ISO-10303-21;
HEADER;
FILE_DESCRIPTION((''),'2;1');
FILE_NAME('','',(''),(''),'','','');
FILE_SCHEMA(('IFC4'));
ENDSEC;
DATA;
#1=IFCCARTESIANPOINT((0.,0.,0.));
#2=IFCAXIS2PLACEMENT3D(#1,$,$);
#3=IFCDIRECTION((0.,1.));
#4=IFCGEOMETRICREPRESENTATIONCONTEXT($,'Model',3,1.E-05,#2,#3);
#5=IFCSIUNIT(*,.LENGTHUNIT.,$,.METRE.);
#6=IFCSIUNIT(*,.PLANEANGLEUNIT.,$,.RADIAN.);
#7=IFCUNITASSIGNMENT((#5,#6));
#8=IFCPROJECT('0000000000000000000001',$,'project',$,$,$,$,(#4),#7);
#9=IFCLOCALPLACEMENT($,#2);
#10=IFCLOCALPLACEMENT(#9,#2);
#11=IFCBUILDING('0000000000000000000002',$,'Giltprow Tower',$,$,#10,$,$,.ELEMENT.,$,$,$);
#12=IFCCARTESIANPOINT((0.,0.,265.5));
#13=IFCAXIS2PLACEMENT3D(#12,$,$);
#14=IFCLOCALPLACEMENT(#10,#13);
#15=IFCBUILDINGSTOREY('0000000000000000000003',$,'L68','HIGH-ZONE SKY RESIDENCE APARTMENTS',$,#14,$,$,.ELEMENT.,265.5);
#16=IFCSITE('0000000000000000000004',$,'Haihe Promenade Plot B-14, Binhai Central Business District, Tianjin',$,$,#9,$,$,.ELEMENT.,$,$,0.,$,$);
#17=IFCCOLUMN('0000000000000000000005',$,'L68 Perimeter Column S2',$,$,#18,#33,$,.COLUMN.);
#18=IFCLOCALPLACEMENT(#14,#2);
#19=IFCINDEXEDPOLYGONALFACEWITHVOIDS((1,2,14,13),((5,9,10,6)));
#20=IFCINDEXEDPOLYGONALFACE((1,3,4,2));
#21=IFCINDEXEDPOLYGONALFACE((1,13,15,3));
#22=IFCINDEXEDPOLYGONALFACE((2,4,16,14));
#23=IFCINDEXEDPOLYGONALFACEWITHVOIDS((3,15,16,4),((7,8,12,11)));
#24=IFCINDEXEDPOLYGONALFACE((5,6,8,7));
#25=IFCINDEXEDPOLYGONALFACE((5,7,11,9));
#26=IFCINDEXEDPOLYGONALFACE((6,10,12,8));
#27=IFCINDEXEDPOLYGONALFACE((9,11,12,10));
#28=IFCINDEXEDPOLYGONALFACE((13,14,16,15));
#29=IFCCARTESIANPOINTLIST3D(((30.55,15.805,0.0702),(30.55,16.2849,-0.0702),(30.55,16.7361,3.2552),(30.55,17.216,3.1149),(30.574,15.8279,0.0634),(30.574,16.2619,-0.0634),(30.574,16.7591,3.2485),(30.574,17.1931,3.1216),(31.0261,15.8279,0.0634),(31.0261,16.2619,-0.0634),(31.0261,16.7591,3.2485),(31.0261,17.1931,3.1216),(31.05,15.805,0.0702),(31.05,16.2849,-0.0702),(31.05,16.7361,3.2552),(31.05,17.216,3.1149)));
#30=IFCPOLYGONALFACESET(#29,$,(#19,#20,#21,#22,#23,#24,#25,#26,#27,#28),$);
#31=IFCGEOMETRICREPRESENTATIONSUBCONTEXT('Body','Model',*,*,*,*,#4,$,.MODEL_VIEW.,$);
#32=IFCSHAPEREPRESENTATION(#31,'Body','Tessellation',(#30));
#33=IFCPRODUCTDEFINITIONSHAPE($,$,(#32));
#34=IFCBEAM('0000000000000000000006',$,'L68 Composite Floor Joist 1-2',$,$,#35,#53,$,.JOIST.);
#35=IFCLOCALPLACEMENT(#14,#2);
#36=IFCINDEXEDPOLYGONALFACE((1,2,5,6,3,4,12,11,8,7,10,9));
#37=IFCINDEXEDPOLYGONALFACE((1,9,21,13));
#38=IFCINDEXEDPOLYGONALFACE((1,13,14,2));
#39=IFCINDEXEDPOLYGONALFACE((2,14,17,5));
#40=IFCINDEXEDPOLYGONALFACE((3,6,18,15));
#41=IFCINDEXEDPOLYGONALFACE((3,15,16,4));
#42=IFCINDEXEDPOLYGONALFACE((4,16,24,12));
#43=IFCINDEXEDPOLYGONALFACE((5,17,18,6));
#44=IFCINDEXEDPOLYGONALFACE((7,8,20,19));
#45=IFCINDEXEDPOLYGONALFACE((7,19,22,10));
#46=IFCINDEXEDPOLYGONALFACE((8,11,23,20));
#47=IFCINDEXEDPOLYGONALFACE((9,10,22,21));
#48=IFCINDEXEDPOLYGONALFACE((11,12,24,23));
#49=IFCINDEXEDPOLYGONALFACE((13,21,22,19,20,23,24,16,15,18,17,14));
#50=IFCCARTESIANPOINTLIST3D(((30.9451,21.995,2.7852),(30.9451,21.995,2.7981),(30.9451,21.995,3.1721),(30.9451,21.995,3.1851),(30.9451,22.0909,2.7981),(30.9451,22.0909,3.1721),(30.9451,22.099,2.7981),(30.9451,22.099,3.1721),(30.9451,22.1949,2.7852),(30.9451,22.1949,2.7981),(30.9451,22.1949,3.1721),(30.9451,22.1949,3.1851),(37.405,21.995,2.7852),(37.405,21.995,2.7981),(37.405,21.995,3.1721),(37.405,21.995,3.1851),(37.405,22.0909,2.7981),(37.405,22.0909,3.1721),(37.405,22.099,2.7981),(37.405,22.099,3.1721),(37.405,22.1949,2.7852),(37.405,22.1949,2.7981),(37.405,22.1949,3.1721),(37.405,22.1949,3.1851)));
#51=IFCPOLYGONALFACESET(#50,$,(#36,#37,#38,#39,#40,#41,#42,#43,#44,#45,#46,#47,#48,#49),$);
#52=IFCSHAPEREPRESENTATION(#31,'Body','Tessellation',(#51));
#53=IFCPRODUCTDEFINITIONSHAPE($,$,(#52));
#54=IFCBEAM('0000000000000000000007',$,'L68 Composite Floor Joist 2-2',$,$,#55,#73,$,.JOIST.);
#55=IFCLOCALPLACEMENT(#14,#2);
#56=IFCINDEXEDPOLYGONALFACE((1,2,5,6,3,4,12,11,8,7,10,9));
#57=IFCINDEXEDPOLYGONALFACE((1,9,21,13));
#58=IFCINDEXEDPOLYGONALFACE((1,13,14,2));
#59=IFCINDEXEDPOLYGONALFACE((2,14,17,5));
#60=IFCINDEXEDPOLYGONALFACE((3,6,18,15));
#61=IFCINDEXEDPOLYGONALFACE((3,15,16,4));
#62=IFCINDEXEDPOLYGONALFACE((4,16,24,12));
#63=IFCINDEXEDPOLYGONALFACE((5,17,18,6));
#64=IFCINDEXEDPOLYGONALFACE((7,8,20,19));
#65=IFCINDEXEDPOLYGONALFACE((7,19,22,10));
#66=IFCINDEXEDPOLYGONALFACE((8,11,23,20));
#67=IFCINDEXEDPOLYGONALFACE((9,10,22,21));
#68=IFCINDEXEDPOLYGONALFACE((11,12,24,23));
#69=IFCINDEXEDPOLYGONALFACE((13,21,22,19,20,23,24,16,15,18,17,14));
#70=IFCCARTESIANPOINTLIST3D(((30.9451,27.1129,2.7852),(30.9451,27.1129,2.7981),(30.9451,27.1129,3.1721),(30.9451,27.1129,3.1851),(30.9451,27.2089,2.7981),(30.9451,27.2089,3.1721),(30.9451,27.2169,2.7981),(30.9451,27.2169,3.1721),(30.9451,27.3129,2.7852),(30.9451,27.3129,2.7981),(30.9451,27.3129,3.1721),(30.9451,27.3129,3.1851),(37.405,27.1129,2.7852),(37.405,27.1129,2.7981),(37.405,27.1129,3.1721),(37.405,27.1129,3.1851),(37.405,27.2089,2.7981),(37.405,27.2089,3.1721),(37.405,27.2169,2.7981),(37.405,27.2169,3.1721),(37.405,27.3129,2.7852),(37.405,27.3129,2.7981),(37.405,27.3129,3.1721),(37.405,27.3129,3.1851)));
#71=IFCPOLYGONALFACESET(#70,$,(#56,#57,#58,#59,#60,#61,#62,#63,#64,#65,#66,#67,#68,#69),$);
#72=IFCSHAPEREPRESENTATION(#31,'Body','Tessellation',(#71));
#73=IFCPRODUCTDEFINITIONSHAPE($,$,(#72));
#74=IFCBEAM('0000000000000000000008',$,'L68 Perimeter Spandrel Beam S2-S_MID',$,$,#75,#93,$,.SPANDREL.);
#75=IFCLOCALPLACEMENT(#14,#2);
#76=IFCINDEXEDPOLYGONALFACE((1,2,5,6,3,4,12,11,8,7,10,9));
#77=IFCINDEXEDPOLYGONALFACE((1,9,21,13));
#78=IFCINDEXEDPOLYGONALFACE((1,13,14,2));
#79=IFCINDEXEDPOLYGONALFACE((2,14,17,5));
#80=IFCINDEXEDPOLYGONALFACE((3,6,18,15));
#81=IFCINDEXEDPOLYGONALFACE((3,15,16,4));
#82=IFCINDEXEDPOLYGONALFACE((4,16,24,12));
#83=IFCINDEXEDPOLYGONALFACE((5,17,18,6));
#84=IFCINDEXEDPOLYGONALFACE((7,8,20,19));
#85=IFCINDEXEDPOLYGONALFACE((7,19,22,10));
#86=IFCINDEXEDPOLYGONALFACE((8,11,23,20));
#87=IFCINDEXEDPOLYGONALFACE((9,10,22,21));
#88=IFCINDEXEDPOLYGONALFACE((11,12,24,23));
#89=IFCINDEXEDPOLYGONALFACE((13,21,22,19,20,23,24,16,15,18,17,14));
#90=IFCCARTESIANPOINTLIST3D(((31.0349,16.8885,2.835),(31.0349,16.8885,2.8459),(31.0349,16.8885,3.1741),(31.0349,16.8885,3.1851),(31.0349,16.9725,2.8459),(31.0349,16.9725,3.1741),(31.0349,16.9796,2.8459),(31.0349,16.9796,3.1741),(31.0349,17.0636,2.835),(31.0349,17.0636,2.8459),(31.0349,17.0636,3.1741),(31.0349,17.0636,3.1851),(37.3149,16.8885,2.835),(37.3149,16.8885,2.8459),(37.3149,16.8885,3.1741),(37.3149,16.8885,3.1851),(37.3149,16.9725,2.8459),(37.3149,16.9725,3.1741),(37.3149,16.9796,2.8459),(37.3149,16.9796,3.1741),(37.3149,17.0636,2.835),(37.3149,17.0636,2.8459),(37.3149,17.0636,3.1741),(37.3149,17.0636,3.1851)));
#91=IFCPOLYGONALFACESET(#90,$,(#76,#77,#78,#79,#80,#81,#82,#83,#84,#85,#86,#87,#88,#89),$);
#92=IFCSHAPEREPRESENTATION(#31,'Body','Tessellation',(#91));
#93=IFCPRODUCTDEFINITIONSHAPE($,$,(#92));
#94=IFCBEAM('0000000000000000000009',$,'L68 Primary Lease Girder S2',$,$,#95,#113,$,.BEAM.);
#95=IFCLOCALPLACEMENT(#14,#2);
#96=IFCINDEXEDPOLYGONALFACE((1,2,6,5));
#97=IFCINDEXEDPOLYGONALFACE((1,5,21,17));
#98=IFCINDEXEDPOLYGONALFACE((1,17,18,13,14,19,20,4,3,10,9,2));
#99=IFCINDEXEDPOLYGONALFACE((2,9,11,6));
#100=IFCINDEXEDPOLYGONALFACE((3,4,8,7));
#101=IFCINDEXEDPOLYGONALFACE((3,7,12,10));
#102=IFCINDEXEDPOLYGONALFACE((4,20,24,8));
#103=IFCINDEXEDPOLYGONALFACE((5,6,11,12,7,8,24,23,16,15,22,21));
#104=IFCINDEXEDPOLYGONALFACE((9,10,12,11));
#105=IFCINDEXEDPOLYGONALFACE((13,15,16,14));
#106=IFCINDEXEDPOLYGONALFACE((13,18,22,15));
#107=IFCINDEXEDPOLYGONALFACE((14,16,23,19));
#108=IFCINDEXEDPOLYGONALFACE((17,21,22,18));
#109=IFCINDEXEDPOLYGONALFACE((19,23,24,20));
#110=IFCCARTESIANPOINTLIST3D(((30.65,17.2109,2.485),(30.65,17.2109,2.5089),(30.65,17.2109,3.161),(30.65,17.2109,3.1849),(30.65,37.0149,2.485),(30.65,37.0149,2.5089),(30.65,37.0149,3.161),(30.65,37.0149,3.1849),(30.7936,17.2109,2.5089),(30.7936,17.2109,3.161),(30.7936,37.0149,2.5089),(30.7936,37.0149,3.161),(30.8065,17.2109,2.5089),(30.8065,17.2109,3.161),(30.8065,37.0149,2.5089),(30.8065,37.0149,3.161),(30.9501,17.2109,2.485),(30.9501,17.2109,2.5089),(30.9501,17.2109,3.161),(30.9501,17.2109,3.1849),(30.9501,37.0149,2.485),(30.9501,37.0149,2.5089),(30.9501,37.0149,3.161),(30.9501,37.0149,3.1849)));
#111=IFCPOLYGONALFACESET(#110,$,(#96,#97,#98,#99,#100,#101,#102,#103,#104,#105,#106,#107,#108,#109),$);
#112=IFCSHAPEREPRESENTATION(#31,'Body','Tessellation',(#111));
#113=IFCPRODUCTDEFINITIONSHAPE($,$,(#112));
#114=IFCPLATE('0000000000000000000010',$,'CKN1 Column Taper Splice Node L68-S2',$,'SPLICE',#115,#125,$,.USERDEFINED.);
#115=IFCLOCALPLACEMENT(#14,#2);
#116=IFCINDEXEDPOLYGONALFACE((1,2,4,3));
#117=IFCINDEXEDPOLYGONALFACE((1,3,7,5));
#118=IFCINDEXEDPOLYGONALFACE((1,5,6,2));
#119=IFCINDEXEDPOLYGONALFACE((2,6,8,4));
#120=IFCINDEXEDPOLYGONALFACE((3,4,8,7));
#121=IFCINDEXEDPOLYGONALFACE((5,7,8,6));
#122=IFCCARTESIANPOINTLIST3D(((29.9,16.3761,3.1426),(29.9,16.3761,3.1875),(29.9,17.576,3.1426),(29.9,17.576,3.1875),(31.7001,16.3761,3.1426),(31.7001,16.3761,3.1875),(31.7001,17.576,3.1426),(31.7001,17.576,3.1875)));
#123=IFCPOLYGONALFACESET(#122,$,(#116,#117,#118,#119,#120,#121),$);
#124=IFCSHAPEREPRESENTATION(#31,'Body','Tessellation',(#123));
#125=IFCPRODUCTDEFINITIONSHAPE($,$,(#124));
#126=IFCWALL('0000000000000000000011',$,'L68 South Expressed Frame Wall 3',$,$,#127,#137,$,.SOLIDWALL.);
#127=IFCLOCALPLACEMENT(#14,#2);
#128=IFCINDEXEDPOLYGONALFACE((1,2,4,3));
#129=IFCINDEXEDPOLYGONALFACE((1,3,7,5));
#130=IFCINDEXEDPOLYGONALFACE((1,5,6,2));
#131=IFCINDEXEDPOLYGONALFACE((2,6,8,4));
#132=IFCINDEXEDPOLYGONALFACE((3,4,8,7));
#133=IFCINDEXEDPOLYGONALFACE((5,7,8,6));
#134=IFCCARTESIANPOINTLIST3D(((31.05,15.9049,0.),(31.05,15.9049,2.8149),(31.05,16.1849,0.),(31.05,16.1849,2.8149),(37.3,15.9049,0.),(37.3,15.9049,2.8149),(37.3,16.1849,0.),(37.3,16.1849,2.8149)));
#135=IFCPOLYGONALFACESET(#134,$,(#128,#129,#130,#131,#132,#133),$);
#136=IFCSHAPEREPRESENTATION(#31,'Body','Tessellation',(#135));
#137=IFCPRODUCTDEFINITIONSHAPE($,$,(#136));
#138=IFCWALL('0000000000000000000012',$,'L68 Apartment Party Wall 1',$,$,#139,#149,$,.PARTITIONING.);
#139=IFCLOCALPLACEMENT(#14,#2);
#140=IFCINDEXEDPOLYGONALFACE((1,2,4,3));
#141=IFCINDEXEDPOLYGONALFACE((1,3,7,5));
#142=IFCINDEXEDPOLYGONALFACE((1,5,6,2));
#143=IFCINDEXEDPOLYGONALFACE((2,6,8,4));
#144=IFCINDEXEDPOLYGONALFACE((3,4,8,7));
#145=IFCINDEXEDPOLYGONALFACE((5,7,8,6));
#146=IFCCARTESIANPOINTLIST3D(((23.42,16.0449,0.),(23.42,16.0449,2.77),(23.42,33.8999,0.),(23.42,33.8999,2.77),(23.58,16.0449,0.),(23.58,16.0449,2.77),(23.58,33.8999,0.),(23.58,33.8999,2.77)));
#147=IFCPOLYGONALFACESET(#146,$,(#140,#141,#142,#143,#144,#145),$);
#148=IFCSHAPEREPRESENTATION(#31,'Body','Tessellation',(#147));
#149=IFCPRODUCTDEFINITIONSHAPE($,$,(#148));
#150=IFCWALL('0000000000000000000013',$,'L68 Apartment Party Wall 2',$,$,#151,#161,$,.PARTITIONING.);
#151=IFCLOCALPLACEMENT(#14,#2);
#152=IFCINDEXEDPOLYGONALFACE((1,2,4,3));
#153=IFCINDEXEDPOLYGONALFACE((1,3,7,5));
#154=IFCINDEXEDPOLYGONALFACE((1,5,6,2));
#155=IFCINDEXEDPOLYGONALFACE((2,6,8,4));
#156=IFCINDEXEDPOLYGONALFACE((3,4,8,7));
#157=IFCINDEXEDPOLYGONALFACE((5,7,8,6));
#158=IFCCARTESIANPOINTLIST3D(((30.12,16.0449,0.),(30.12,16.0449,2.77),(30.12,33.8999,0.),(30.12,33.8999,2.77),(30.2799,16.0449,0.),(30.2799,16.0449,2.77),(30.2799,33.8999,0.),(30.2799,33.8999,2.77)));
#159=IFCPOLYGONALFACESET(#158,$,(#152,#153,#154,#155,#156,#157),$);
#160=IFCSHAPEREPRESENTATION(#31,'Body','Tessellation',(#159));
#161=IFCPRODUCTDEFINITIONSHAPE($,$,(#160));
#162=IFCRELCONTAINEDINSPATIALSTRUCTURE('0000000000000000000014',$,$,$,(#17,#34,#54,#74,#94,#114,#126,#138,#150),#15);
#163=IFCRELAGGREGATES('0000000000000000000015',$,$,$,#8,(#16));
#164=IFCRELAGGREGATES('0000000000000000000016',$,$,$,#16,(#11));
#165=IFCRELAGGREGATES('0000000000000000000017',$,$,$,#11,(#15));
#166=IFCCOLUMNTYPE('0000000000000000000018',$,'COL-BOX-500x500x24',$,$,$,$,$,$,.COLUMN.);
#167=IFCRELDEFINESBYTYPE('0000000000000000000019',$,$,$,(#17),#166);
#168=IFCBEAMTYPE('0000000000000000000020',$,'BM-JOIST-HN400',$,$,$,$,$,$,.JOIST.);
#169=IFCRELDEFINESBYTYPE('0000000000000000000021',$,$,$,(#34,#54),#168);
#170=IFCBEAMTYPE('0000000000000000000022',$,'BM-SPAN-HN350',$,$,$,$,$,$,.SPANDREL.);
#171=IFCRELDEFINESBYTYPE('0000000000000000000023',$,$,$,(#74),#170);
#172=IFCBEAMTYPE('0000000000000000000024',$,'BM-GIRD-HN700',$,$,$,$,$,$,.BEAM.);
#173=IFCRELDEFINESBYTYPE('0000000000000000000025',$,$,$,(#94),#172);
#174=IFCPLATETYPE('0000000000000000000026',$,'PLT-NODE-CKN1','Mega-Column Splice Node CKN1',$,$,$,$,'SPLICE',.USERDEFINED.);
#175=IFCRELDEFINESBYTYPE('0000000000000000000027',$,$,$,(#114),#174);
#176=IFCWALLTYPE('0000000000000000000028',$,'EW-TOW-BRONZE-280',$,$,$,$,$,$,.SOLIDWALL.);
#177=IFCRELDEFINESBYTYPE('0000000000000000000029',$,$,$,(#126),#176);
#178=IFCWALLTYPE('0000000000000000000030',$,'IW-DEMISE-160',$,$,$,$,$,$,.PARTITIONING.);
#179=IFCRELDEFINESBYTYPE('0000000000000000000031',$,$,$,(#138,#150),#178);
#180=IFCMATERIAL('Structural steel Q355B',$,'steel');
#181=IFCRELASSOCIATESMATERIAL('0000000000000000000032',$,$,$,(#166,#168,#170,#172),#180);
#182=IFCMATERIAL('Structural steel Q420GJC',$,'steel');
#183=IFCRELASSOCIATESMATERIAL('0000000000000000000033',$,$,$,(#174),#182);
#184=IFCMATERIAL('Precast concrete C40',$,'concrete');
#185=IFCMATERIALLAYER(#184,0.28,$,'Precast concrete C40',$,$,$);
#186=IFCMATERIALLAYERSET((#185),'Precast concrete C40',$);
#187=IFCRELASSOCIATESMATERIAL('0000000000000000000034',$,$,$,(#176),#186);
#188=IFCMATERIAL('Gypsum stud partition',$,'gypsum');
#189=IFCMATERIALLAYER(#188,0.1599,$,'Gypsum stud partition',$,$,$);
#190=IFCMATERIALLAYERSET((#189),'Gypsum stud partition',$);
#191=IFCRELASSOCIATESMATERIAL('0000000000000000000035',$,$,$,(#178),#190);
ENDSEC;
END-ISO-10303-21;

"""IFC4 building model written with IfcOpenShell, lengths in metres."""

from ifc_helpers import new_model, si_unit, direction, frame, frame_2d, origin, origin_2d, place, context, subcontext, project, spatial, rectangle, hollow_rectangle, i_section, extrude, source, transform, mapped, material, layer, layer_set, material_profile, profile_set, type_object, element, save


model = new_model("IFC4")

# Units and contexts
model_context = context("Model", 3, precision=1e-05, world=origin(), true_north=direction((0.0, 1.0)))
body_context = subcontext(model_context, "Body", "Model", "MODEL_VIEW")
ifc_project = project(units=[si_unit("LENGTHUNIT", "METRE"), si_unit("PLANEANGLEUNIT", "RADIAN")], contexts=[model_context])

# Site, building, storey
site_placement = place(None, origin())
site = spatial("IfcSite", under=ifc_project, at=site_placement, Name="Haihe Promenade Plot B-14, Binhai Central Business District, Tianjin", CompositionType="ELEMENT", RefElevation=0.0)
building_placement = place(site_placement, origin())
building = spatial("IfcBuilding", under=site, at=building_placement, Name="Giltprow Tower", CompositionType="ELEMENT")
storey_placement = place(building_placement, frame((0.0, 0.0, 265.5)))
storey = spatial("IfcBuildingStorey", under=building, at=storey_placement, Name="L68", Description="HIGH-ZONE SKY RESIDENCE APARTMENTS", CompositionType="ELEMENT", Elevation=265.5)

# Column
ifc_material_1 = material(Name="Structural steel Q355B", Category="steel")
ifc_material_profile_1 = material_profile(ifc_material_1, hollow_rectangle(XDim=0.5, YDim=0.5, WallThickness=0.0239, at=origin_2d()), Name="BOX 500x500x24")
ifc_profile_set_1 = profile_set([ifc_material_profile_1], Name="Structural steel Q355B")
column_type = type_object("IfcColumnType", Name="COL-BOX-500x500x24", PredefinedType="COLUMN", material=ifc_profile_set_1)
shared_shape_1 = source(origin(), body_context, "Body", "SweptSolid", [
    extrude(hollow_rectangle(XDim=0.5, YDim=0.5, WallThickness=0.0239, at=origin_2d()), origin(), (0.0, 0.0, 1.0), 3.3184),
])
column_placement = place(storey_placement, frame((30.8, 16.0449, 0.0), z_axis=(0.0, 0.280605, 0.959823), x_axis=(-1.0, 0.0, 0.0)))
element("IfcColumn", 1, at=column_placement, inside=storey, type_object=column_type, Name="L68 Perimeter Column S2", PredefinedType="COLUMN", context=body_context, shape_type="MappedRepresentation", body=[
    mapped(shared_shape_1, transform((0.0, 0.0, 0.0), x_axis=(1.0, 0.0, 0.0), y_axis=(0.0, 1.0, 0.0), z_axis=(0.0, 0.0, 1.0), scale=1.0)),
])

# Beams
ifc_material_profile_2 = material_profile(ifc_material_1, i_section(OverallWidth=0.2, OverallDepth=0.3999, WebThickness=0.0081, FlangeThickness=0.0129, at=origin_2d()), Name="HN 400x200x8x13")
ifc_profile_set_2 = profile_set([ifc_material_profile_2], Name="Structural steel Q355B")
beam_type_1 = type_object("IfcBeamType", Name="BM-JOIST-HN400", PredefinedType="JOIST", material=ifc_profile_set_2)
shared_shape_2 = source(origin(), body_context, "Body", "SweptSolid", [
    extrude(i_section(OverallWidth=0.2, OverallDepth=0.3999, WebThickness=0.0081, FlangeThickness=0.0129, at=origin_2d()), origin(), (0.0, 0.0, 1.0), 6.46),
])
for number, where, z_axis, x_axis, name in (
    (2, (30.9451, 22.095, 2.9851), (1.0, 0.0, 0.0), (0.0, 1.0, 0.0), "L68 Composite Floor Joist 1-2"),
    (3, (30.9451, 27.2129, 2.9851), (1.0, 0.0, 0.0), (0.0, 1.0, 0.0), "L68 Composite Floor Joist 2-2"),
):
    element("IfcBeam", number, at=place(storey_placement, frame(where, z_axis=z_axis, x_axis=x_axis)), inside=storey, type_object=beam_type_1, Name=name, PredefinedType="JOIST", context=body_context, shape_type="MappedRepresentation", body=[
        mapped(shared_shape_2, transform((0.0, 0.0, 0.0), x_axis=(1.0, 0.0, 0.0), y_axis=(0.0, 1.0, 0.0), z_axis=(0.0, 0.0, 1.0), scale=1.0)),
    ])
ifc_material_profile_3 = material_profile(ifc_material_1, i_section(OverallWidth=0.175, OverallDepth=0.3501, WebThickness=0.0071, FlangeThickness=0.011, at=origin_2d()), Name="HN 350x175x7x11")
ifc_profile_set_3 = profile_set([ifc_material_profile_3], Name="Structural steel Q355B")
beam_type_2 = type_object("IfcBeamType", Name="BM-SPAN-HN350", PredefinedType="SPANDREL", material=ifc_profile_set_3)
shared_shape_3 = source(origin(), body_context, "Body", "SweptSolid", [
    extrude(i_section(OverallWidth=0.175, OverallDepth=0.3501, WebThickness=0.0071, FlangeThickness=0.011, at=origin_2d()), origin(), (0.0, 0.0, 1.0), 6.28),
])
beam_1_placement = place(storey_placement, frame((31.0349, 16.9761, 3.01), z_axis=(1.0, 0.0, 0.0), x_axis=(0.0, 1.0, 0.0)))
element("IfcBeam", 4, at=beam_1_placement, inside=storey, type_object=beam_type_2, Name="L68 Perimeter Spandrel Beam S2-S_MID", PredefinedType="SPANDREL", context=body_context, shape_type="MappedRepresentation", body=[
    mapped(shared_shape_3, transform((0.0, 0.0, 0.0), x_axis=(1.0, 0.0, 0.0), y_axis=(0.0, 1.0, 0.0), z_axis=(0.0, 0.0, 1.0), scale=1.0)),
])
ifc_material_profile_4 = material_profile(ifc_material_1, i_section(OverallWidth=0.3, OverallDepth=0.7, WebThickness=0.0129, FlangeThickness=0.0239, at=origin_2d()), Name="HN 700x300x13x24")
ifc_profile_set_4 = profile_set([ifc_material_profile_4], Name="Structural steel Q355B")
beam_type_3 = type_object("IfcBeamType", Name="BM-GIRD-HN700", PredefinedType="BEAM", material=ifc_profile_set_4)
shared_shape_4 = source(origin(), body_context, "Body", "SweptSolid", [
    extrude(i_section(OverallWidth=0.3, OverallDepth=0.7, WebThickness=0.0129, FlangeThickness=0.0239, at=origin_2d()), origin(), (0.0, 0.0, 1.0), 19.804),
])
beam_2_placement = place(storey_placement, frame((30.8, 17.2109, 2.835), z_axis=(0.0, 1.0, 0.0), x_axis=(-1.0, 0.0, 0.0)))
element("IfcBeam", 5, at=beam_2_placement, inside=storey, type_object=beam_type_3, Name="L68 Primary Lease Girder S2", PredefinedType="BEAM", context=body_context, shape_type="MappedRepresentation", body=[
    mapped(shared_shape_4, transform((0.0, 0.0, 0.0), x_axis=(1.0, 0.0, 0.0), y_axis=(0.0, 1.0, 0.0), z_axis=(0.0, 0.0, 1.0), scale=1.0)),
])

# Plate
ifc_material_2 = material(Name="Structural steel Q420GJC", Category="steel")
plate_type = type_object("IfcPlateType", Name="PLT-NODE-CKN1", Description="Mega-Column Splice Node CKN1", ElementType="SPLICE", PredefinedType="USERDEFINED", material=ifc_material_2)
shared_shape_5 = source(origin(), body_context, "Body", "SweptSolid", [
    extrude(rectangle(XDim=1.8, YDim=1.2, at=origin_2d()), origin(), (0.0, 0.0, 1.0), 0.0449),
])
plate_placement = place(storey_placement, frame((30.8, 16.9761, 3.1426), z_axis=(0.0, 0.0, 1.0), x_axis=(1.0, 0.0, 0.0)))
element("IfcPlate", 6, at=plate_placement, inside=storey, type_object=plate_type, Name="CKN1 Column Taper Splice Node L68-S2", ObjectType="SPLICE", PredefinedType="USERDEFINED", context=body_context, shape_type="MappedRepresentation", body=[
    mapped(shared_shape_5, transform((0.0, 0.0, 0.0), x_axis=(1.0, 0.0, 0.0), y_axis=(0.0, 1.0, 0.0), z_axis=(0.0, 0.0, 1.0), scale=1.0)),
])

# Walls
ifc_material_3 = material(Name="Precast concrete C40", Category="concrete")
ifc_layer_1 = layer(ifc_material_3, 0.28, Name="Precast concrete C40")
ifc_layer_set_1 = layer_set([ifc_layer_1], Name="Precast concrete C40")
wall_type_1 = type_object("IfcWallType", Name="EW-TOW-BRONZE-280", PredefinedType="SOLIDWALL", material=ifc_layer_set_1)
wall_1_placement = place(storey_placement, frame((31.05, 16.0449, 0.0), z_axis=(0.0, 0.0, 1.0), x_axis=(1.0, 0.0, 0.0)))
element("IfcWall", 7, at=wall_1_placement, inside=storey, type_object=wall_type_1, Name="L68 South Expressed Frame Wall 3", PredefinedType="SOLIDWALL", context=body_context, shape_type="SweptSolid", body=[
    extrude(rectangle(XDim=6.25, YDim=0.28, at=frame_2d((3.125, 0.0))), origin(), (0.0, 0.0, 1.0), 2.8149),
])
ifc_material_4 = material(Name="Gypsum stud partition", Category="gypsum")
ifc_layer_2 = layer(ifc_material_4, 0.1599, Name="Gypsum stud partition")
ifc_layer_set_2 = layer_set([ifc_layer_2], Name="Gypsum stud partition")
wall_type_2 = type_object("IfcWallType", Name="IW-DEMISE-160", PredefinedType="PARTITIONING", material=ifc_layer_set_2)
for number, where, z_axis, x_axis, name in (
    (8, (23.5, 16.0449, 0.0), (0.0, 0.0, 1.0), (0.0, 1.0, 0.0), "L68 Apartment Party Wall 1"),
    (9, (30.2, 16.0449, 0.0), (0.0, 0.0, 1.0), (0.0, 1.0, 0.0), "L68 Apartment Party Wall 2"),
):
    element("IfcWall", number, at=place(storey_placement, frame(where, z_axis=z_axis, x_axis=x_axis)), inside=storey, type_object=wall_type_2, Name=name, PredefinedType="PARTITIONING", context=body_context, shape_type="SweptSolid", body=[
        extrude(rectangle(XDim=17.855, YDim=0.1599, at=frame_2d((8.9275, 0.0))), origin(), (0.0, 0.0, 1.0), 2.77),
    ])

save(model, "model.ifc")
